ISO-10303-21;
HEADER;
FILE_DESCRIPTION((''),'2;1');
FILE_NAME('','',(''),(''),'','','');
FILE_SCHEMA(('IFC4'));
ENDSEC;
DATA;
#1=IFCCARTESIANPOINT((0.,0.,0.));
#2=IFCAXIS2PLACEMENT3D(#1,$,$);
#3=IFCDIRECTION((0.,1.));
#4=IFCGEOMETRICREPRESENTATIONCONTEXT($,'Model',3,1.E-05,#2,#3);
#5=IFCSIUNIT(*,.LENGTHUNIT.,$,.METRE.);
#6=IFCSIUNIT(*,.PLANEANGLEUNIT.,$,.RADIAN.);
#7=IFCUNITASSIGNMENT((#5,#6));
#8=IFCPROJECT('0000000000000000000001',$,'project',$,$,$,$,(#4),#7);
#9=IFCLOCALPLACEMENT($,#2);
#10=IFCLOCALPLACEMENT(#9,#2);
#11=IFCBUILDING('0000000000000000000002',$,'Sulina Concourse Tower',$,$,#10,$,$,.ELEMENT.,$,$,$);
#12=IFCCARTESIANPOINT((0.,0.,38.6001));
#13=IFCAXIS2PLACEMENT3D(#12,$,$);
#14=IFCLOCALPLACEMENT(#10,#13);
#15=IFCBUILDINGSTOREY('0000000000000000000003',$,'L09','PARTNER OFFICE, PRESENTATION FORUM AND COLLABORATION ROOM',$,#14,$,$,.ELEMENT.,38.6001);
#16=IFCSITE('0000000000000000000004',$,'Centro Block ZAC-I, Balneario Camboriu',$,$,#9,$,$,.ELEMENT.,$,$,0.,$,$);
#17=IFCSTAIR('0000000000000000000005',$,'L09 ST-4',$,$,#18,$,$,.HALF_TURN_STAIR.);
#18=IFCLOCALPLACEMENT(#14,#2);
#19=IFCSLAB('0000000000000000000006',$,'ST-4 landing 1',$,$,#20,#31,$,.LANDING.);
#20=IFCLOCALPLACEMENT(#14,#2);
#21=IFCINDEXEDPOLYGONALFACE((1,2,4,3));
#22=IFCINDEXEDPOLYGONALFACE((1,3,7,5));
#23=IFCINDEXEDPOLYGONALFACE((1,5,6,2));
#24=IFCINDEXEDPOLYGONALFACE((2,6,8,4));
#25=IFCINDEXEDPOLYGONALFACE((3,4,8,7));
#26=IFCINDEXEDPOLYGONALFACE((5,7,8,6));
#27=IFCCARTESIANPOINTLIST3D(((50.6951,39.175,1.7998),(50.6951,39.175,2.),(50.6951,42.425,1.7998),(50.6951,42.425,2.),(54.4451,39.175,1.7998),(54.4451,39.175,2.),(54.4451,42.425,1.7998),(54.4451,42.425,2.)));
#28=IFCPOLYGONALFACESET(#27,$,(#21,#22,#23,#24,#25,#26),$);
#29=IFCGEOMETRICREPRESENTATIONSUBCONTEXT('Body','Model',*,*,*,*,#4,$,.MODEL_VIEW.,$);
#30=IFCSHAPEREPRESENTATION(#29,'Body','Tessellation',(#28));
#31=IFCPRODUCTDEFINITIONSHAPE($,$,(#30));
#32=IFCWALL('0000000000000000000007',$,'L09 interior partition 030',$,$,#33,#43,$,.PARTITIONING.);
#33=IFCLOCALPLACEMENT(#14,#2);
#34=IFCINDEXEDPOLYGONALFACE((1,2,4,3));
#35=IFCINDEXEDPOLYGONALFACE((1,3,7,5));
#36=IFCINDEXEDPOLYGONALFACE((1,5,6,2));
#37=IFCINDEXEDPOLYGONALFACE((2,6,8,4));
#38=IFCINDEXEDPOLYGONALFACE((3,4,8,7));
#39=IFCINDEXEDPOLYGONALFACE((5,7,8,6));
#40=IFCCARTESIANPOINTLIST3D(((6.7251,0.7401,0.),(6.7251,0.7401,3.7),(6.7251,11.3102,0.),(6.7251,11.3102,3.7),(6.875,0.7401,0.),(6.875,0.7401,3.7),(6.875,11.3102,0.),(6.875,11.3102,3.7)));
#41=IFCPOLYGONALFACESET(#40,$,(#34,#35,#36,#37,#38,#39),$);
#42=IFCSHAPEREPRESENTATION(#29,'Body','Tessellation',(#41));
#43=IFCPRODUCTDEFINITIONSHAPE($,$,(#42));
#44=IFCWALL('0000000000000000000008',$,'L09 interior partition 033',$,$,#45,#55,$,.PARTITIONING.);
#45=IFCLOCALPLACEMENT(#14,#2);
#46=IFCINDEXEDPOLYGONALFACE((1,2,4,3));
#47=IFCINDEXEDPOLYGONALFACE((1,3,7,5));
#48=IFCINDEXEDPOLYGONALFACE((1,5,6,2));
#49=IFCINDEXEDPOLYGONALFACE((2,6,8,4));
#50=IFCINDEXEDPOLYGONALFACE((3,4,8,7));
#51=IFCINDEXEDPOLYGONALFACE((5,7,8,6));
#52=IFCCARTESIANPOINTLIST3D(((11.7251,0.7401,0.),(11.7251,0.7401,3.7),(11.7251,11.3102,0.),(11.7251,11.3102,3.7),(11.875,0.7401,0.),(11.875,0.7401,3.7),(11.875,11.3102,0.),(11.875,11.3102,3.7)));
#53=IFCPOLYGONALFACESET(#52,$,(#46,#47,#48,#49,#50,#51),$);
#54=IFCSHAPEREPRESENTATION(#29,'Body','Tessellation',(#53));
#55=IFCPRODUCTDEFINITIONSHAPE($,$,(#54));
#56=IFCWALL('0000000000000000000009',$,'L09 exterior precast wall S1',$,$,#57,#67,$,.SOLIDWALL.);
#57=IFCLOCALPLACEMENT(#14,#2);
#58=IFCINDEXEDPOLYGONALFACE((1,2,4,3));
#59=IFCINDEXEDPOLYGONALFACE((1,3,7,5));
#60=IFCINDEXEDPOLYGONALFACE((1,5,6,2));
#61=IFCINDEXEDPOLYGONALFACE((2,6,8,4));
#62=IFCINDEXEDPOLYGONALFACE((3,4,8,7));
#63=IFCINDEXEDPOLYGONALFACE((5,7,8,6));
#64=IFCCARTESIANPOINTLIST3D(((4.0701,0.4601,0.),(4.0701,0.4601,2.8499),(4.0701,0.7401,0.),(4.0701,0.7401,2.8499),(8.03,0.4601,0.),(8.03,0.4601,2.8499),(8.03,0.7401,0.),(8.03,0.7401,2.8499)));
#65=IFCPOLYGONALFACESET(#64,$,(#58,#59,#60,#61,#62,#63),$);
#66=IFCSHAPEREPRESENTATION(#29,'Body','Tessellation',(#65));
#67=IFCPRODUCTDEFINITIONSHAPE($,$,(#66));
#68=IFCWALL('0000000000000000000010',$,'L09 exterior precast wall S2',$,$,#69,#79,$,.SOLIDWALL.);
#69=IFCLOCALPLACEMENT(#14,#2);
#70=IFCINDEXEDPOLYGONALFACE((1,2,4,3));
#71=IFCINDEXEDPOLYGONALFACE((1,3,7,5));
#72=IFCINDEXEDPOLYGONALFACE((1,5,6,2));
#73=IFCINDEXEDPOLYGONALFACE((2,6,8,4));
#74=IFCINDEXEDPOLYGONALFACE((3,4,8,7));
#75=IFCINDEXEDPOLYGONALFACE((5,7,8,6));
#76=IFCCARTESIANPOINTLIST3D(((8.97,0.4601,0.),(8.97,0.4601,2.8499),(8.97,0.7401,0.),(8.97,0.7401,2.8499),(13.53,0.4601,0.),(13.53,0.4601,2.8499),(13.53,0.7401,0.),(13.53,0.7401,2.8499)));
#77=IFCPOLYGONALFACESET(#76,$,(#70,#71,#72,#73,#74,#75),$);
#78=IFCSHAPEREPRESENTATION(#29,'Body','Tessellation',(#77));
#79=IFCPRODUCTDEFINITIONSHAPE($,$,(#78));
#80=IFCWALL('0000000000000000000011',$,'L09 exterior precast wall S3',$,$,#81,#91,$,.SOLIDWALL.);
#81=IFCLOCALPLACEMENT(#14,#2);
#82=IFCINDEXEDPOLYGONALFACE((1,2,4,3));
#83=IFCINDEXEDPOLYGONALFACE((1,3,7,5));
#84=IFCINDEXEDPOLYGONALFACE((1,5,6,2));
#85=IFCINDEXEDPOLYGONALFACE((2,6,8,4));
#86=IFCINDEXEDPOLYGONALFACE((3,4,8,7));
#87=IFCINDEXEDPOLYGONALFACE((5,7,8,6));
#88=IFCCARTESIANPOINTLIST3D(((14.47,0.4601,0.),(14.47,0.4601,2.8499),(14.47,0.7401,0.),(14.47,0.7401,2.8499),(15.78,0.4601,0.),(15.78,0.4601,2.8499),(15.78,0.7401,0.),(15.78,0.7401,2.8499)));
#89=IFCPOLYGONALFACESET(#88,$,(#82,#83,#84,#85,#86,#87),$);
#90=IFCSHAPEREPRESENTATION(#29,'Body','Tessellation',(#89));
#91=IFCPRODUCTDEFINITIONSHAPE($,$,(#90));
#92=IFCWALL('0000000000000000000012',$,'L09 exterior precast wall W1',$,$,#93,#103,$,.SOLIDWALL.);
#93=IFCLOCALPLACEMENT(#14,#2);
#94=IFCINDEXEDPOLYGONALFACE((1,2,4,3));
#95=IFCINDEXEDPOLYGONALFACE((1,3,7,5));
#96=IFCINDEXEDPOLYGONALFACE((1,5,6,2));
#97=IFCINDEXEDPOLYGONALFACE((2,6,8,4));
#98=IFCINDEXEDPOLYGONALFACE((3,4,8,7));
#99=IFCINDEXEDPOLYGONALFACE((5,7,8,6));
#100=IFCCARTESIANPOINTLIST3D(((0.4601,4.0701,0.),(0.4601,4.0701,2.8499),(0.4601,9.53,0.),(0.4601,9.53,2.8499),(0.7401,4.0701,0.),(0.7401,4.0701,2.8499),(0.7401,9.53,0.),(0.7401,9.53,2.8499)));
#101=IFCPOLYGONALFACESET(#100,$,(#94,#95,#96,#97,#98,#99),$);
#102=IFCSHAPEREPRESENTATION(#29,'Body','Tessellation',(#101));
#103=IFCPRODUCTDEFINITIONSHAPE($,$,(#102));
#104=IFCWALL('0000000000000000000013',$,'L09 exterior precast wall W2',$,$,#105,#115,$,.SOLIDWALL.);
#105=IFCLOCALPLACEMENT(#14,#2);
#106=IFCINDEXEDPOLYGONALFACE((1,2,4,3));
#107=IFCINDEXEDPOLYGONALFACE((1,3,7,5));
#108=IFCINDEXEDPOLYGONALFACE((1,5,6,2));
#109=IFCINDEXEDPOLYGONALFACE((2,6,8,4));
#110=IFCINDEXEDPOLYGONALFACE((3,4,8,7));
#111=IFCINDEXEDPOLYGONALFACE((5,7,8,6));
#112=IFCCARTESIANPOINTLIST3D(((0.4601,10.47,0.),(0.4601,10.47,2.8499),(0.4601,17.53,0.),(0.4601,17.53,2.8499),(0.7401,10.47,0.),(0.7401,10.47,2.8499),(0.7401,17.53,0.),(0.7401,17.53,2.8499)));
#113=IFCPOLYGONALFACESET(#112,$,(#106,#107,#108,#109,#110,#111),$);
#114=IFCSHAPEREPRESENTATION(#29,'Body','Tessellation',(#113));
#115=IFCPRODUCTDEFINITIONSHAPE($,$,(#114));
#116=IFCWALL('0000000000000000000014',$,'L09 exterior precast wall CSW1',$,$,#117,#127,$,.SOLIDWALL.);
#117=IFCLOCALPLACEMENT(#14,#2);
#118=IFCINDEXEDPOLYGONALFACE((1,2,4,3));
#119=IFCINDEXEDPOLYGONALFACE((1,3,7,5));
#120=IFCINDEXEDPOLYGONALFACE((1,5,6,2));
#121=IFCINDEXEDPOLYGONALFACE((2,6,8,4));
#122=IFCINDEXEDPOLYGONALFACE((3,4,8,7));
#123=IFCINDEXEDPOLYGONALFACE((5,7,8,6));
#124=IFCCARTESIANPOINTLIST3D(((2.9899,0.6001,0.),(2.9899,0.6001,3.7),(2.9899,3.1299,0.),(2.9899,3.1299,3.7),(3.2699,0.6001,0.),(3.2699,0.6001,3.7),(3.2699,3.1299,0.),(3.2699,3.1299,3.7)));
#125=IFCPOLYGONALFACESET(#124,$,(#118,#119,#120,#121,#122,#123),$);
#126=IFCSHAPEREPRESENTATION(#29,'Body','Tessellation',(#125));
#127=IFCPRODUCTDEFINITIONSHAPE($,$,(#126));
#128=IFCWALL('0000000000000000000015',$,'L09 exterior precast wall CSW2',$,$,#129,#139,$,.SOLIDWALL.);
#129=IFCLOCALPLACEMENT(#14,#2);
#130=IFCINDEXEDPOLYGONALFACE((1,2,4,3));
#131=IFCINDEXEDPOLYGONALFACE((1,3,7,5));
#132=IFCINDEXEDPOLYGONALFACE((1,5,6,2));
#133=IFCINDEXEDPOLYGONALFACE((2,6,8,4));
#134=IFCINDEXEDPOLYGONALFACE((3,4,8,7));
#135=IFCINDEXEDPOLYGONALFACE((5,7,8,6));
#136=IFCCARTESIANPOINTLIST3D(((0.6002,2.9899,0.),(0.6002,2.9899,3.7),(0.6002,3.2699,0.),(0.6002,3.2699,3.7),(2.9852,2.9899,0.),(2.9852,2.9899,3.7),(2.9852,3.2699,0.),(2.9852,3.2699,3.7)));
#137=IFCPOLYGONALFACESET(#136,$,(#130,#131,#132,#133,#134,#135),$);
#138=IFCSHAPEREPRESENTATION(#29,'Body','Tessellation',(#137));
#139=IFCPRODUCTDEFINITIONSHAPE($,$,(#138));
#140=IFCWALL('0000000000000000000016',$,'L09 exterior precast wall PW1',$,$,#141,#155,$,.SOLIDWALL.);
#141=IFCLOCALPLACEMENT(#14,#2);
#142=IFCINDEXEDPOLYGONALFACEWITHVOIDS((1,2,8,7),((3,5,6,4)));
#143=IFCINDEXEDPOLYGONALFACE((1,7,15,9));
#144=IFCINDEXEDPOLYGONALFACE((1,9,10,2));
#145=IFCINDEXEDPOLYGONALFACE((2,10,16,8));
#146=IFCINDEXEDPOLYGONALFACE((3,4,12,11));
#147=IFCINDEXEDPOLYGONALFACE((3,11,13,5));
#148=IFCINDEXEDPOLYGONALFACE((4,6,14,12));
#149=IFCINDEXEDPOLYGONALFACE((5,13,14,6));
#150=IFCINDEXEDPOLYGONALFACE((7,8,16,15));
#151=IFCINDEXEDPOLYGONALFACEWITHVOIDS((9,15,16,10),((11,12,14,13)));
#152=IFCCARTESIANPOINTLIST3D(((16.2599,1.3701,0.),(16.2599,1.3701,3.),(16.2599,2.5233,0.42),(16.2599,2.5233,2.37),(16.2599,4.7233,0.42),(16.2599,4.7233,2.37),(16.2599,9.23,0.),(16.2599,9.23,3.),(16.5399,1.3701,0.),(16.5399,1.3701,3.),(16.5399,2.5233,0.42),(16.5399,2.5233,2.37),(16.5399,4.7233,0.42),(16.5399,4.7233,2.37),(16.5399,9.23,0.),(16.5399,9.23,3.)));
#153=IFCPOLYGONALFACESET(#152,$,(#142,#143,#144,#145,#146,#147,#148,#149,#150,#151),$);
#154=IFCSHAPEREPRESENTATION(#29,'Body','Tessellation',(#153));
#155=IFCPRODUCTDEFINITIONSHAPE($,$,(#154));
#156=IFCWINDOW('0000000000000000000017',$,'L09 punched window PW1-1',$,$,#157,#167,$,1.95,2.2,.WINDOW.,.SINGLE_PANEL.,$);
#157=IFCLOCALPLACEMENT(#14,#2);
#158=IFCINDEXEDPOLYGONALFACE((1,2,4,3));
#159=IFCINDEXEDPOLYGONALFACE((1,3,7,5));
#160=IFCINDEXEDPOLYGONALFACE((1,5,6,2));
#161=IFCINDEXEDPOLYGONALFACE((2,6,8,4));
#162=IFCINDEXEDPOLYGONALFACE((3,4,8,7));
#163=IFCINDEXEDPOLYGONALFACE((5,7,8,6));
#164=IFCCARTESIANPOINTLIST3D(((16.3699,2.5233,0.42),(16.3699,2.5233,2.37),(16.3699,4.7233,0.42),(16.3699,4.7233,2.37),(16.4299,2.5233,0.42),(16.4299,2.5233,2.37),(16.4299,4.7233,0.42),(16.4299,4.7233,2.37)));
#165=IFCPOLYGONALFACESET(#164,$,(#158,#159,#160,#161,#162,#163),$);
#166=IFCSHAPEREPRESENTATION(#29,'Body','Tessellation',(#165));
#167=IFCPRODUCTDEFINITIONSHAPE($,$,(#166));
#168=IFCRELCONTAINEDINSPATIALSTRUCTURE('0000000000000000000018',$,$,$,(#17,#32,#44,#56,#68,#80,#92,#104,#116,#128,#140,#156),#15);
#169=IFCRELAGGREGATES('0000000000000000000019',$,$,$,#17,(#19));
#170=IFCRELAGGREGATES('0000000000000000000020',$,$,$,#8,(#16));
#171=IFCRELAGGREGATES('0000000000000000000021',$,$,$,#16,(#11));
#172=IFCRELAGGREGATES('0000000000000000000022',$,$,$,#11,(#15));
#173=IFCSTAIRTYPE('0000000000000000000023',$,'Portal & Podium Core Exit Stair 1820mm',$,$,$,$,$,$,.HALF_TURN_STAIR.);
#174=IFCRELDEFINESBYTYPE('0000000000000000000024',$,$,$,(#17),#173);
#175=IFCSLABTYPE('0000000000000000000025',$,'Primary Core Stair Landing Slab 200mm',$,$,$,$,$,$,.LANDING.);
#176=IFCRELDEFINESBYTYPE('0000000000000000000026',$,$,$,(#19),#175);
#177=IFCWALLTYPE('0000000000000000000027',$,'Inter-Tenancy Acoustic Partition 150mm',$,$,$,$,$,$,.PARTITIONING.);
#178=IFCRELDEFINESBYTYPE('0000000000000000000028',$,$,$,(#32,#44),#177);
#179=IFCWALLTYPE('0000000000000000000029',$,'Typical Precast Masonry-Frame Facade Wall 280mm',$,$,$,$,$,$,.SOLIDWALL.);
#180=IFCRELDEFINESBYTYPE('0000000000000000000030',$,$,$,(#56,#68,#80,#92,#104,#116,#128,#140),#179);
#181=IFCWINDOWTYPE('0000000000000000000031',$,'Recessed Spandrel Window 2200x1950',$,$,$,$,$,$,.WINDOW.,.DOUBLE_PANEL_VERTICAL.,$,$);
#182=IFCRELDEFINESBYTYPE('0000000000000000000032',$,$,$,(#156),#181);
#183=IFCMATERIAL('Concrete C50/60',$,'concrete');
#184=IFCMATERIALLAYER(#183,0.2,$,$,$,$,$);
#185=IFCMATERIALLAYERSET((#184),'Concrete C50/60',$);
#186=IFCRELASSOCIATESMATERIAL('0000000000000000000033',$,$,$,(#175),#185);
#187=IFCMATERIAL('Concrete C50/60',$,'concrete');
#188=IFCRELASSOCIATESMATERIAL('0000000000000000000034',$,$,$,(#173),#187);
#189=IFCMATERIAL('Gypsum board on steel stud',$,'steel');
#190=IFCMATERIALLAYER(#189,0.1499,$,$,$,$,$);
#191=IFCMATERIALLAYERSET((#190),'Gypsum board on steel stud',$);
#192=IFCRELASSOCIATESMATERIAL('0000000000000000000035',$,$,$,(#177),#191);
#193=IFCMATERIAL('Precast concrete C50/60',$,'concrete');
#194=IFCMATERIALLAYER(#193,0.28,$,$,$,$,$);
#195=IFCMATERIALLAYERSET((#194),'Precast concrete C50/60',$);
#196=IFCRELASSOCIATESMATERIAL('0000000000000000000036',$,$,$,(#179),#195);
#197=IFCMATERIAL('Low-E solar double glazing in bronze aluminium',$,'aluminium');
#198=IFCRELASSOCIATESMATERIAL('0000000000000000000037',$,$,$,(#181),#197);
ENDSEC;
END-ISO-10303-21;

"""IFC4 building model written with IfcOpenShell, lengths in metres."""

from ifc_helpers import new_model, si_unit, direction, frame, frame_2d, origin, place, context, subcontext, project, spatial, polyline, rectangle, outline, extrude, material, layer, layer_set, type_object, element, fill, aggregate, save


model = new_model("IFC4")

# Units and contexts
model_context = context("Model", 3, precision=1e-05, world=origin(), true_north=direction((0.0, 1.0)))
body_context = subcontext(model_context, "Body", "Model", "MODEL_VIEW")
ifc_project = project(units=[si_unit("LENGTHUNIT", "METRE"), si_unit("PLANEANGLEUNIT", "RADIAN")], contexts=[model_context])

# Site, building, storey
site_placement = place(None, origin())
site = spatial("IfcSite", under=ifc_project, at=site_placement, Name="Centro Block ZAC-I, Balneario Camboriu", CompositionType="ELEMENT", RefElevation=0.0)
building_placement = place(site_placement, origin())
building = spatial("IfcBuilding", under=site, at=building_placement, Name="Sulina Concourse Tower", CompositionType="ELEMENT")
storey_placement = place(building_placement, frame((0.0, 0.0, 38.6001)))
storey = spatial("IfcBuildingStorey", under=building, at=storey_placement, Name="L09", Description="PARTNER OFFICE, PRESENTATION FORUM AND COLLABORATION ROOM", CompositionType="ELEMENT", Elevation=38.6001)

# Shared definitions
ifc_material_1 = material(Name="Concrete C50/60", Category="concrete")
ifc_layer_1 = layer(ifc_material_1, 0.2)
ifc_layer_set_1 = layer_set([ifc_layer_1], Name="Concrete C50/60")
slab_type_1 = type_object("IfcSlabType", Name="Primary Core Stair Landing Slab 200mm", PredefinedType="LANDING", material=ifc_layer_set_1)

# Stair, slab
ifc_material_2 = material(Name="Concrete C50/60", Category="concrete")
stair_type_1 = type_object("IfcStairType", Name="Portal & Podium Core Exit Stair 1820mm", PredefinedType="HALF_TURN_STAIR", material=ifc_material_2)
stair_1_placement = place(storey_placement, origin())
stair_1 = element("IfcStair", 1, at=stair_1_placement, inside=storey, type_object=stair_type_1, Name="L09 ST-4", PredefinedType="HALF_TURN_STAIR")
slab_1_placement = place(storey_placement, frame((0.0, 0.0, 1.7998)))
slab_1 = element("IfcSlab", 2, at=slab_1_placement, type_object=slab_type_1, Name="ST-4 landing 1", PredefinedType="LANDING", context=body_context, shape_type="SweptSolid", body=[
    extrude(outline(polyline([(54.4451, 39.175), (54.4451, 42.425), (50.6951, 42.425), (50.6951, 39.175), (54.4451, 39.175)])), origin(), (0.0, 0.0, 1.0), 0.2002),
])
aggregate(stair_1, [slab_1])

# Walls
ifc_material_3 = material(Name="Gypsum board on steel stud", Category="steel")
ifc_layer_2 = layer(ifc_material_3, 0.1499)
ifc_layer_set_2 = layer_set([ifc_layer_2], Name="Gypsum board on steel stud")
wall_type_1 = type_object("IfcWallType", Name="Inter-Tenancy Acoustic Partition 150mm", PredefinedType="PARTITIONING", material=ifc_layer_set_2)
for number, where, z_axis, x_axis, name in (
    (3, (6.8, 0.74, 0.0), (0.0, 0.0, 1.0), (0.0, 1.0, 0.0), "L09 interior partition 030"),
    (4, (11.8, 0.74, 0.0), (0.0, 0.0, 1.0), (0.0, 1.0, 0.0), "L09 interior partition 033"),
):
    element("IfcWall", number, at=place(storey_placement, frame(where, z_axis=z_axis, x_axis=x_axis)), inside=storey, type_object=wall_type_1, Name=name, PredefinedType="PARTITIONING", context=body_context, shape_type="SweptSolid", body=[
        extrude(rectangle(XDim=10.5701, YDim=0.1499, at=frame_2d((5.2852, 0.0))), origin(), (0.0, 0.0, 1.0), 3.7),
    ])
ifc_material_4 = material(Name="Precast concrete C50/60", Category="concrete")
ifc_layer_3 = layer(ifc_material_4, 0.28)
ifc_layer_set_3 = layer_set([ifc_layer_3], Name="Precast concrete C50/60")
wall_type_2 = type_object("IfcWallType", Name="Typical Precast Masonry-Frame Facade Wall 280mm", PredefinedType="SOLIDWALL", material=ifc_layer_set_3)
wall_1_placement = place(storey_placement, frame((8.03, 0.6001, 0.0), z_axis=(0.0, 0.0, 1.0), x_axis=(-1.0, 0.0, 0.0)))
element("IfcWall", 5, at=wall_1_placement, inside=storey, type_object=wall_type_2, Name="L09 exterior precast wall S1", PredefinedType="SOLIDWALL", context=body_context, shape_type="SweptSolid", body=[
    extrude(rectangle(XDim=3.96, YDim=0.28, at=frame_2d((1.98, 0.0))), origin(), (0.0, 0.0, 1.0), 2.8499),
])
wall_2_placement = place(storey_placement, frame((13.53, 0.6001, 0.0), z_axis=(0.0, 0.0, 1.0), x_axis=(-1.0, 0.0, 0.0)))
element("IfcWall", 6, at=wall_2_placement, inside=storey, type_object=wall_type_2, Name="L09 exterior precast wall S2", PredefinedType="SOLIDWALL", context=body_context, shape_type="SweptSolid", body=[
    extrude(rectangle(XDim=4.5601, YDim=0.28, at=frame_2d((2.28, 0.0))), origin(), (0.0, 0.0, 1.0), 2.8499),
])
wall_3_placement = place(storey_placement, frame((15.78, 0.6001, 0.0), z_axis=(0.0, 0.0, 1.0), x_axis=(-1.0, 0.0, 0.0)))
element("IfcWall", 7, at=wall_3_placement, inside=storey, type_object=wall_type_2, Name="L09 exterior precast wall S3", PredefinedType="SOLIDWALL", context=body_context, shape_type="SweptSolid", body=[
    extrude(rectangle(XDim=1.3101, YDim=0.28, at=frame_2d((0.655, 0.0))), origin(), (0.0, 0.0, 1.0), 2.8499),
])
wall_4_placement = place(storey_placement, frame((0.6001, 4.0701, 0.0), z_axis=(0.0, 0.0, 1.0), x_axis=(0.0, 1.0, 0.0)))
element("IfcWall", 8, at=wall_4_placement, inside=storey, type_object=wall_type_2, Name="L09 exterior precast wall W1", PredefinedType="SOLIDWALL", context=body_context, shape_type="SweptSolid", body=[
    extrude(rectangle(XDim=5.46, YDim=0.28, at=frame_2d((2.73, 0.0))), origin(), (0.0, 0.0, 1.0), 2.8499),
])
wall_5_placement = place(storey_placement, frame((0.6001, 10.47, 0.0), z_axis=(0.0, 0.0, 1.0), x_axis=(0.0, 1.0, 0.0)))
element("IfcWall", 9, at=wall_5_placement, inside=storey, type_object=wall_type_2, Name="L09 exterior precast wall W2", PredefinedType="SOLIDWALL", context=body_context, shape_type="SweptSolid", body=[
    extrude(rectangle(XDim=7.0601, YDim=0.28, at=frame_2d((3.53, 0.0))), origin(), (0.0, 0.0, 1.0), 2.8499),
])
wall_6_placement = place(storey_placement, frame((3.1299, 0.6001, 0.0), z_axis=(0.0, 0.0, 1.0), x_axis=(0.0, 1.0, 0.0)))
element("IfcWall", 10, at=wall_6_placement, inside=storey, type_object=wall_type_2, Name="L09 exterior precast wall CSW1", PredefinedType="SOLIDWALL", context=body_context, shape_type="SweptSolid", body=[
    extrude(rectangle(XDim=2.5298, YDim=0.28, at=frame_2d((1.2649, 0.0))), origin(), (0.0, 0.0, 1.0), 3.7),
])
wall_7_placement = place(storey_placement, frame((2.9851, 3.1299, 0.0), z_axis=(0.0, 0.0, 1.0), x_axis=(-1.0, 0.0, 0.0)))
element("IfcWall", 11, at=wall_7_placement, inside=storey, type_object=wall_type_2, Name="L09 exterior precast wall CSW2", PredefinedType="SOLIDWALL", context=body_context, shape_type="SweptSolid", body=[
    extrude(rectangle(XDim=2.385, YDim=0.28, at=frame_2d((1.1924, 0.0))), origin(), (0.0, 0.0, 1.0), 3.7),
])

# Wall, opening, window
wall_8_placement = place(storey_placement, frame((16.3999, 9.23, 0.0), z_axis=(0.0, 0.0, 1.0), x_axis=(0.0, -1.0, 0.0)))
wall_8 = element("IfcWall", 12, at=wall_8_placement, inside=storey, type_object=wall_type_2, Name="L09 exterior precast wall PW1", PredefinedType="SOLIDWALL", context=body_context, shape_type="SweptSolid", body=[
    extrude(rectangle(XDim=7.8599, YDim=0.28, at=frame_2d((3.9299, 0.0))), origin(), (0.0, 0.0, 1.0), 3.0),
])
opening_placement = place(wall_8_placement, frame((4.5066, 0.0, 0.4199)))
opening = element("IfcOpeningElement", 13, at=opening_placement, cuts=wall_8, PredefinedType="OPENING", context=body_context, shape_type="SweptSolid", body=[
    extrude(rectangle(XDim=2.2, YDim=1.95, at=frame_2d((1.1001, 0.9751))), frame((0.0, 0.1499, 0.0), z_axis=(0.0, -1.0, 0.0), x_axis=(1.0, 0.0, 0.0)), (0.0, 0.0, 1.0), 0.3),
])
ifc_material_5 = material(Name="Low-E solar double glazing in bronze aluminium", Category="aluminium")
window_type = type_object("IfcWindowType", Name="Recessed Spandrel Window 2200x1950", PartitioningType="DOUBLE_PANEL_VERTICAL", PredefinedType="WINDOW", material=ifc_material_5)
window_placement = place(opening_placement, origin())
window = element("IfcWindow", 14, at=window_placement, inside=storey, type_object=window_type, Name="L09 punched window PW1-1", OverallHeight=1.95, OverallWidth=2.2, PartitioningType="SINGLE_PANEL", PredefinedType="WINDOW", context=body_context, shape_type="SweptSolid", body=[
    extrude(rectangle(XDim=2.2, YDim=1.95, at=frame_2d((1.1001, 0.9751))), frame((0.0, 0.03, 0.0), z_axis=(0.0, -1.0, 0.0), x_axis=(1.0, 0.0, 0.0)), (0.0, 0.0, 1.0), 0.0601),
])
fill(opening, window)

save(model, "model.ifc")
